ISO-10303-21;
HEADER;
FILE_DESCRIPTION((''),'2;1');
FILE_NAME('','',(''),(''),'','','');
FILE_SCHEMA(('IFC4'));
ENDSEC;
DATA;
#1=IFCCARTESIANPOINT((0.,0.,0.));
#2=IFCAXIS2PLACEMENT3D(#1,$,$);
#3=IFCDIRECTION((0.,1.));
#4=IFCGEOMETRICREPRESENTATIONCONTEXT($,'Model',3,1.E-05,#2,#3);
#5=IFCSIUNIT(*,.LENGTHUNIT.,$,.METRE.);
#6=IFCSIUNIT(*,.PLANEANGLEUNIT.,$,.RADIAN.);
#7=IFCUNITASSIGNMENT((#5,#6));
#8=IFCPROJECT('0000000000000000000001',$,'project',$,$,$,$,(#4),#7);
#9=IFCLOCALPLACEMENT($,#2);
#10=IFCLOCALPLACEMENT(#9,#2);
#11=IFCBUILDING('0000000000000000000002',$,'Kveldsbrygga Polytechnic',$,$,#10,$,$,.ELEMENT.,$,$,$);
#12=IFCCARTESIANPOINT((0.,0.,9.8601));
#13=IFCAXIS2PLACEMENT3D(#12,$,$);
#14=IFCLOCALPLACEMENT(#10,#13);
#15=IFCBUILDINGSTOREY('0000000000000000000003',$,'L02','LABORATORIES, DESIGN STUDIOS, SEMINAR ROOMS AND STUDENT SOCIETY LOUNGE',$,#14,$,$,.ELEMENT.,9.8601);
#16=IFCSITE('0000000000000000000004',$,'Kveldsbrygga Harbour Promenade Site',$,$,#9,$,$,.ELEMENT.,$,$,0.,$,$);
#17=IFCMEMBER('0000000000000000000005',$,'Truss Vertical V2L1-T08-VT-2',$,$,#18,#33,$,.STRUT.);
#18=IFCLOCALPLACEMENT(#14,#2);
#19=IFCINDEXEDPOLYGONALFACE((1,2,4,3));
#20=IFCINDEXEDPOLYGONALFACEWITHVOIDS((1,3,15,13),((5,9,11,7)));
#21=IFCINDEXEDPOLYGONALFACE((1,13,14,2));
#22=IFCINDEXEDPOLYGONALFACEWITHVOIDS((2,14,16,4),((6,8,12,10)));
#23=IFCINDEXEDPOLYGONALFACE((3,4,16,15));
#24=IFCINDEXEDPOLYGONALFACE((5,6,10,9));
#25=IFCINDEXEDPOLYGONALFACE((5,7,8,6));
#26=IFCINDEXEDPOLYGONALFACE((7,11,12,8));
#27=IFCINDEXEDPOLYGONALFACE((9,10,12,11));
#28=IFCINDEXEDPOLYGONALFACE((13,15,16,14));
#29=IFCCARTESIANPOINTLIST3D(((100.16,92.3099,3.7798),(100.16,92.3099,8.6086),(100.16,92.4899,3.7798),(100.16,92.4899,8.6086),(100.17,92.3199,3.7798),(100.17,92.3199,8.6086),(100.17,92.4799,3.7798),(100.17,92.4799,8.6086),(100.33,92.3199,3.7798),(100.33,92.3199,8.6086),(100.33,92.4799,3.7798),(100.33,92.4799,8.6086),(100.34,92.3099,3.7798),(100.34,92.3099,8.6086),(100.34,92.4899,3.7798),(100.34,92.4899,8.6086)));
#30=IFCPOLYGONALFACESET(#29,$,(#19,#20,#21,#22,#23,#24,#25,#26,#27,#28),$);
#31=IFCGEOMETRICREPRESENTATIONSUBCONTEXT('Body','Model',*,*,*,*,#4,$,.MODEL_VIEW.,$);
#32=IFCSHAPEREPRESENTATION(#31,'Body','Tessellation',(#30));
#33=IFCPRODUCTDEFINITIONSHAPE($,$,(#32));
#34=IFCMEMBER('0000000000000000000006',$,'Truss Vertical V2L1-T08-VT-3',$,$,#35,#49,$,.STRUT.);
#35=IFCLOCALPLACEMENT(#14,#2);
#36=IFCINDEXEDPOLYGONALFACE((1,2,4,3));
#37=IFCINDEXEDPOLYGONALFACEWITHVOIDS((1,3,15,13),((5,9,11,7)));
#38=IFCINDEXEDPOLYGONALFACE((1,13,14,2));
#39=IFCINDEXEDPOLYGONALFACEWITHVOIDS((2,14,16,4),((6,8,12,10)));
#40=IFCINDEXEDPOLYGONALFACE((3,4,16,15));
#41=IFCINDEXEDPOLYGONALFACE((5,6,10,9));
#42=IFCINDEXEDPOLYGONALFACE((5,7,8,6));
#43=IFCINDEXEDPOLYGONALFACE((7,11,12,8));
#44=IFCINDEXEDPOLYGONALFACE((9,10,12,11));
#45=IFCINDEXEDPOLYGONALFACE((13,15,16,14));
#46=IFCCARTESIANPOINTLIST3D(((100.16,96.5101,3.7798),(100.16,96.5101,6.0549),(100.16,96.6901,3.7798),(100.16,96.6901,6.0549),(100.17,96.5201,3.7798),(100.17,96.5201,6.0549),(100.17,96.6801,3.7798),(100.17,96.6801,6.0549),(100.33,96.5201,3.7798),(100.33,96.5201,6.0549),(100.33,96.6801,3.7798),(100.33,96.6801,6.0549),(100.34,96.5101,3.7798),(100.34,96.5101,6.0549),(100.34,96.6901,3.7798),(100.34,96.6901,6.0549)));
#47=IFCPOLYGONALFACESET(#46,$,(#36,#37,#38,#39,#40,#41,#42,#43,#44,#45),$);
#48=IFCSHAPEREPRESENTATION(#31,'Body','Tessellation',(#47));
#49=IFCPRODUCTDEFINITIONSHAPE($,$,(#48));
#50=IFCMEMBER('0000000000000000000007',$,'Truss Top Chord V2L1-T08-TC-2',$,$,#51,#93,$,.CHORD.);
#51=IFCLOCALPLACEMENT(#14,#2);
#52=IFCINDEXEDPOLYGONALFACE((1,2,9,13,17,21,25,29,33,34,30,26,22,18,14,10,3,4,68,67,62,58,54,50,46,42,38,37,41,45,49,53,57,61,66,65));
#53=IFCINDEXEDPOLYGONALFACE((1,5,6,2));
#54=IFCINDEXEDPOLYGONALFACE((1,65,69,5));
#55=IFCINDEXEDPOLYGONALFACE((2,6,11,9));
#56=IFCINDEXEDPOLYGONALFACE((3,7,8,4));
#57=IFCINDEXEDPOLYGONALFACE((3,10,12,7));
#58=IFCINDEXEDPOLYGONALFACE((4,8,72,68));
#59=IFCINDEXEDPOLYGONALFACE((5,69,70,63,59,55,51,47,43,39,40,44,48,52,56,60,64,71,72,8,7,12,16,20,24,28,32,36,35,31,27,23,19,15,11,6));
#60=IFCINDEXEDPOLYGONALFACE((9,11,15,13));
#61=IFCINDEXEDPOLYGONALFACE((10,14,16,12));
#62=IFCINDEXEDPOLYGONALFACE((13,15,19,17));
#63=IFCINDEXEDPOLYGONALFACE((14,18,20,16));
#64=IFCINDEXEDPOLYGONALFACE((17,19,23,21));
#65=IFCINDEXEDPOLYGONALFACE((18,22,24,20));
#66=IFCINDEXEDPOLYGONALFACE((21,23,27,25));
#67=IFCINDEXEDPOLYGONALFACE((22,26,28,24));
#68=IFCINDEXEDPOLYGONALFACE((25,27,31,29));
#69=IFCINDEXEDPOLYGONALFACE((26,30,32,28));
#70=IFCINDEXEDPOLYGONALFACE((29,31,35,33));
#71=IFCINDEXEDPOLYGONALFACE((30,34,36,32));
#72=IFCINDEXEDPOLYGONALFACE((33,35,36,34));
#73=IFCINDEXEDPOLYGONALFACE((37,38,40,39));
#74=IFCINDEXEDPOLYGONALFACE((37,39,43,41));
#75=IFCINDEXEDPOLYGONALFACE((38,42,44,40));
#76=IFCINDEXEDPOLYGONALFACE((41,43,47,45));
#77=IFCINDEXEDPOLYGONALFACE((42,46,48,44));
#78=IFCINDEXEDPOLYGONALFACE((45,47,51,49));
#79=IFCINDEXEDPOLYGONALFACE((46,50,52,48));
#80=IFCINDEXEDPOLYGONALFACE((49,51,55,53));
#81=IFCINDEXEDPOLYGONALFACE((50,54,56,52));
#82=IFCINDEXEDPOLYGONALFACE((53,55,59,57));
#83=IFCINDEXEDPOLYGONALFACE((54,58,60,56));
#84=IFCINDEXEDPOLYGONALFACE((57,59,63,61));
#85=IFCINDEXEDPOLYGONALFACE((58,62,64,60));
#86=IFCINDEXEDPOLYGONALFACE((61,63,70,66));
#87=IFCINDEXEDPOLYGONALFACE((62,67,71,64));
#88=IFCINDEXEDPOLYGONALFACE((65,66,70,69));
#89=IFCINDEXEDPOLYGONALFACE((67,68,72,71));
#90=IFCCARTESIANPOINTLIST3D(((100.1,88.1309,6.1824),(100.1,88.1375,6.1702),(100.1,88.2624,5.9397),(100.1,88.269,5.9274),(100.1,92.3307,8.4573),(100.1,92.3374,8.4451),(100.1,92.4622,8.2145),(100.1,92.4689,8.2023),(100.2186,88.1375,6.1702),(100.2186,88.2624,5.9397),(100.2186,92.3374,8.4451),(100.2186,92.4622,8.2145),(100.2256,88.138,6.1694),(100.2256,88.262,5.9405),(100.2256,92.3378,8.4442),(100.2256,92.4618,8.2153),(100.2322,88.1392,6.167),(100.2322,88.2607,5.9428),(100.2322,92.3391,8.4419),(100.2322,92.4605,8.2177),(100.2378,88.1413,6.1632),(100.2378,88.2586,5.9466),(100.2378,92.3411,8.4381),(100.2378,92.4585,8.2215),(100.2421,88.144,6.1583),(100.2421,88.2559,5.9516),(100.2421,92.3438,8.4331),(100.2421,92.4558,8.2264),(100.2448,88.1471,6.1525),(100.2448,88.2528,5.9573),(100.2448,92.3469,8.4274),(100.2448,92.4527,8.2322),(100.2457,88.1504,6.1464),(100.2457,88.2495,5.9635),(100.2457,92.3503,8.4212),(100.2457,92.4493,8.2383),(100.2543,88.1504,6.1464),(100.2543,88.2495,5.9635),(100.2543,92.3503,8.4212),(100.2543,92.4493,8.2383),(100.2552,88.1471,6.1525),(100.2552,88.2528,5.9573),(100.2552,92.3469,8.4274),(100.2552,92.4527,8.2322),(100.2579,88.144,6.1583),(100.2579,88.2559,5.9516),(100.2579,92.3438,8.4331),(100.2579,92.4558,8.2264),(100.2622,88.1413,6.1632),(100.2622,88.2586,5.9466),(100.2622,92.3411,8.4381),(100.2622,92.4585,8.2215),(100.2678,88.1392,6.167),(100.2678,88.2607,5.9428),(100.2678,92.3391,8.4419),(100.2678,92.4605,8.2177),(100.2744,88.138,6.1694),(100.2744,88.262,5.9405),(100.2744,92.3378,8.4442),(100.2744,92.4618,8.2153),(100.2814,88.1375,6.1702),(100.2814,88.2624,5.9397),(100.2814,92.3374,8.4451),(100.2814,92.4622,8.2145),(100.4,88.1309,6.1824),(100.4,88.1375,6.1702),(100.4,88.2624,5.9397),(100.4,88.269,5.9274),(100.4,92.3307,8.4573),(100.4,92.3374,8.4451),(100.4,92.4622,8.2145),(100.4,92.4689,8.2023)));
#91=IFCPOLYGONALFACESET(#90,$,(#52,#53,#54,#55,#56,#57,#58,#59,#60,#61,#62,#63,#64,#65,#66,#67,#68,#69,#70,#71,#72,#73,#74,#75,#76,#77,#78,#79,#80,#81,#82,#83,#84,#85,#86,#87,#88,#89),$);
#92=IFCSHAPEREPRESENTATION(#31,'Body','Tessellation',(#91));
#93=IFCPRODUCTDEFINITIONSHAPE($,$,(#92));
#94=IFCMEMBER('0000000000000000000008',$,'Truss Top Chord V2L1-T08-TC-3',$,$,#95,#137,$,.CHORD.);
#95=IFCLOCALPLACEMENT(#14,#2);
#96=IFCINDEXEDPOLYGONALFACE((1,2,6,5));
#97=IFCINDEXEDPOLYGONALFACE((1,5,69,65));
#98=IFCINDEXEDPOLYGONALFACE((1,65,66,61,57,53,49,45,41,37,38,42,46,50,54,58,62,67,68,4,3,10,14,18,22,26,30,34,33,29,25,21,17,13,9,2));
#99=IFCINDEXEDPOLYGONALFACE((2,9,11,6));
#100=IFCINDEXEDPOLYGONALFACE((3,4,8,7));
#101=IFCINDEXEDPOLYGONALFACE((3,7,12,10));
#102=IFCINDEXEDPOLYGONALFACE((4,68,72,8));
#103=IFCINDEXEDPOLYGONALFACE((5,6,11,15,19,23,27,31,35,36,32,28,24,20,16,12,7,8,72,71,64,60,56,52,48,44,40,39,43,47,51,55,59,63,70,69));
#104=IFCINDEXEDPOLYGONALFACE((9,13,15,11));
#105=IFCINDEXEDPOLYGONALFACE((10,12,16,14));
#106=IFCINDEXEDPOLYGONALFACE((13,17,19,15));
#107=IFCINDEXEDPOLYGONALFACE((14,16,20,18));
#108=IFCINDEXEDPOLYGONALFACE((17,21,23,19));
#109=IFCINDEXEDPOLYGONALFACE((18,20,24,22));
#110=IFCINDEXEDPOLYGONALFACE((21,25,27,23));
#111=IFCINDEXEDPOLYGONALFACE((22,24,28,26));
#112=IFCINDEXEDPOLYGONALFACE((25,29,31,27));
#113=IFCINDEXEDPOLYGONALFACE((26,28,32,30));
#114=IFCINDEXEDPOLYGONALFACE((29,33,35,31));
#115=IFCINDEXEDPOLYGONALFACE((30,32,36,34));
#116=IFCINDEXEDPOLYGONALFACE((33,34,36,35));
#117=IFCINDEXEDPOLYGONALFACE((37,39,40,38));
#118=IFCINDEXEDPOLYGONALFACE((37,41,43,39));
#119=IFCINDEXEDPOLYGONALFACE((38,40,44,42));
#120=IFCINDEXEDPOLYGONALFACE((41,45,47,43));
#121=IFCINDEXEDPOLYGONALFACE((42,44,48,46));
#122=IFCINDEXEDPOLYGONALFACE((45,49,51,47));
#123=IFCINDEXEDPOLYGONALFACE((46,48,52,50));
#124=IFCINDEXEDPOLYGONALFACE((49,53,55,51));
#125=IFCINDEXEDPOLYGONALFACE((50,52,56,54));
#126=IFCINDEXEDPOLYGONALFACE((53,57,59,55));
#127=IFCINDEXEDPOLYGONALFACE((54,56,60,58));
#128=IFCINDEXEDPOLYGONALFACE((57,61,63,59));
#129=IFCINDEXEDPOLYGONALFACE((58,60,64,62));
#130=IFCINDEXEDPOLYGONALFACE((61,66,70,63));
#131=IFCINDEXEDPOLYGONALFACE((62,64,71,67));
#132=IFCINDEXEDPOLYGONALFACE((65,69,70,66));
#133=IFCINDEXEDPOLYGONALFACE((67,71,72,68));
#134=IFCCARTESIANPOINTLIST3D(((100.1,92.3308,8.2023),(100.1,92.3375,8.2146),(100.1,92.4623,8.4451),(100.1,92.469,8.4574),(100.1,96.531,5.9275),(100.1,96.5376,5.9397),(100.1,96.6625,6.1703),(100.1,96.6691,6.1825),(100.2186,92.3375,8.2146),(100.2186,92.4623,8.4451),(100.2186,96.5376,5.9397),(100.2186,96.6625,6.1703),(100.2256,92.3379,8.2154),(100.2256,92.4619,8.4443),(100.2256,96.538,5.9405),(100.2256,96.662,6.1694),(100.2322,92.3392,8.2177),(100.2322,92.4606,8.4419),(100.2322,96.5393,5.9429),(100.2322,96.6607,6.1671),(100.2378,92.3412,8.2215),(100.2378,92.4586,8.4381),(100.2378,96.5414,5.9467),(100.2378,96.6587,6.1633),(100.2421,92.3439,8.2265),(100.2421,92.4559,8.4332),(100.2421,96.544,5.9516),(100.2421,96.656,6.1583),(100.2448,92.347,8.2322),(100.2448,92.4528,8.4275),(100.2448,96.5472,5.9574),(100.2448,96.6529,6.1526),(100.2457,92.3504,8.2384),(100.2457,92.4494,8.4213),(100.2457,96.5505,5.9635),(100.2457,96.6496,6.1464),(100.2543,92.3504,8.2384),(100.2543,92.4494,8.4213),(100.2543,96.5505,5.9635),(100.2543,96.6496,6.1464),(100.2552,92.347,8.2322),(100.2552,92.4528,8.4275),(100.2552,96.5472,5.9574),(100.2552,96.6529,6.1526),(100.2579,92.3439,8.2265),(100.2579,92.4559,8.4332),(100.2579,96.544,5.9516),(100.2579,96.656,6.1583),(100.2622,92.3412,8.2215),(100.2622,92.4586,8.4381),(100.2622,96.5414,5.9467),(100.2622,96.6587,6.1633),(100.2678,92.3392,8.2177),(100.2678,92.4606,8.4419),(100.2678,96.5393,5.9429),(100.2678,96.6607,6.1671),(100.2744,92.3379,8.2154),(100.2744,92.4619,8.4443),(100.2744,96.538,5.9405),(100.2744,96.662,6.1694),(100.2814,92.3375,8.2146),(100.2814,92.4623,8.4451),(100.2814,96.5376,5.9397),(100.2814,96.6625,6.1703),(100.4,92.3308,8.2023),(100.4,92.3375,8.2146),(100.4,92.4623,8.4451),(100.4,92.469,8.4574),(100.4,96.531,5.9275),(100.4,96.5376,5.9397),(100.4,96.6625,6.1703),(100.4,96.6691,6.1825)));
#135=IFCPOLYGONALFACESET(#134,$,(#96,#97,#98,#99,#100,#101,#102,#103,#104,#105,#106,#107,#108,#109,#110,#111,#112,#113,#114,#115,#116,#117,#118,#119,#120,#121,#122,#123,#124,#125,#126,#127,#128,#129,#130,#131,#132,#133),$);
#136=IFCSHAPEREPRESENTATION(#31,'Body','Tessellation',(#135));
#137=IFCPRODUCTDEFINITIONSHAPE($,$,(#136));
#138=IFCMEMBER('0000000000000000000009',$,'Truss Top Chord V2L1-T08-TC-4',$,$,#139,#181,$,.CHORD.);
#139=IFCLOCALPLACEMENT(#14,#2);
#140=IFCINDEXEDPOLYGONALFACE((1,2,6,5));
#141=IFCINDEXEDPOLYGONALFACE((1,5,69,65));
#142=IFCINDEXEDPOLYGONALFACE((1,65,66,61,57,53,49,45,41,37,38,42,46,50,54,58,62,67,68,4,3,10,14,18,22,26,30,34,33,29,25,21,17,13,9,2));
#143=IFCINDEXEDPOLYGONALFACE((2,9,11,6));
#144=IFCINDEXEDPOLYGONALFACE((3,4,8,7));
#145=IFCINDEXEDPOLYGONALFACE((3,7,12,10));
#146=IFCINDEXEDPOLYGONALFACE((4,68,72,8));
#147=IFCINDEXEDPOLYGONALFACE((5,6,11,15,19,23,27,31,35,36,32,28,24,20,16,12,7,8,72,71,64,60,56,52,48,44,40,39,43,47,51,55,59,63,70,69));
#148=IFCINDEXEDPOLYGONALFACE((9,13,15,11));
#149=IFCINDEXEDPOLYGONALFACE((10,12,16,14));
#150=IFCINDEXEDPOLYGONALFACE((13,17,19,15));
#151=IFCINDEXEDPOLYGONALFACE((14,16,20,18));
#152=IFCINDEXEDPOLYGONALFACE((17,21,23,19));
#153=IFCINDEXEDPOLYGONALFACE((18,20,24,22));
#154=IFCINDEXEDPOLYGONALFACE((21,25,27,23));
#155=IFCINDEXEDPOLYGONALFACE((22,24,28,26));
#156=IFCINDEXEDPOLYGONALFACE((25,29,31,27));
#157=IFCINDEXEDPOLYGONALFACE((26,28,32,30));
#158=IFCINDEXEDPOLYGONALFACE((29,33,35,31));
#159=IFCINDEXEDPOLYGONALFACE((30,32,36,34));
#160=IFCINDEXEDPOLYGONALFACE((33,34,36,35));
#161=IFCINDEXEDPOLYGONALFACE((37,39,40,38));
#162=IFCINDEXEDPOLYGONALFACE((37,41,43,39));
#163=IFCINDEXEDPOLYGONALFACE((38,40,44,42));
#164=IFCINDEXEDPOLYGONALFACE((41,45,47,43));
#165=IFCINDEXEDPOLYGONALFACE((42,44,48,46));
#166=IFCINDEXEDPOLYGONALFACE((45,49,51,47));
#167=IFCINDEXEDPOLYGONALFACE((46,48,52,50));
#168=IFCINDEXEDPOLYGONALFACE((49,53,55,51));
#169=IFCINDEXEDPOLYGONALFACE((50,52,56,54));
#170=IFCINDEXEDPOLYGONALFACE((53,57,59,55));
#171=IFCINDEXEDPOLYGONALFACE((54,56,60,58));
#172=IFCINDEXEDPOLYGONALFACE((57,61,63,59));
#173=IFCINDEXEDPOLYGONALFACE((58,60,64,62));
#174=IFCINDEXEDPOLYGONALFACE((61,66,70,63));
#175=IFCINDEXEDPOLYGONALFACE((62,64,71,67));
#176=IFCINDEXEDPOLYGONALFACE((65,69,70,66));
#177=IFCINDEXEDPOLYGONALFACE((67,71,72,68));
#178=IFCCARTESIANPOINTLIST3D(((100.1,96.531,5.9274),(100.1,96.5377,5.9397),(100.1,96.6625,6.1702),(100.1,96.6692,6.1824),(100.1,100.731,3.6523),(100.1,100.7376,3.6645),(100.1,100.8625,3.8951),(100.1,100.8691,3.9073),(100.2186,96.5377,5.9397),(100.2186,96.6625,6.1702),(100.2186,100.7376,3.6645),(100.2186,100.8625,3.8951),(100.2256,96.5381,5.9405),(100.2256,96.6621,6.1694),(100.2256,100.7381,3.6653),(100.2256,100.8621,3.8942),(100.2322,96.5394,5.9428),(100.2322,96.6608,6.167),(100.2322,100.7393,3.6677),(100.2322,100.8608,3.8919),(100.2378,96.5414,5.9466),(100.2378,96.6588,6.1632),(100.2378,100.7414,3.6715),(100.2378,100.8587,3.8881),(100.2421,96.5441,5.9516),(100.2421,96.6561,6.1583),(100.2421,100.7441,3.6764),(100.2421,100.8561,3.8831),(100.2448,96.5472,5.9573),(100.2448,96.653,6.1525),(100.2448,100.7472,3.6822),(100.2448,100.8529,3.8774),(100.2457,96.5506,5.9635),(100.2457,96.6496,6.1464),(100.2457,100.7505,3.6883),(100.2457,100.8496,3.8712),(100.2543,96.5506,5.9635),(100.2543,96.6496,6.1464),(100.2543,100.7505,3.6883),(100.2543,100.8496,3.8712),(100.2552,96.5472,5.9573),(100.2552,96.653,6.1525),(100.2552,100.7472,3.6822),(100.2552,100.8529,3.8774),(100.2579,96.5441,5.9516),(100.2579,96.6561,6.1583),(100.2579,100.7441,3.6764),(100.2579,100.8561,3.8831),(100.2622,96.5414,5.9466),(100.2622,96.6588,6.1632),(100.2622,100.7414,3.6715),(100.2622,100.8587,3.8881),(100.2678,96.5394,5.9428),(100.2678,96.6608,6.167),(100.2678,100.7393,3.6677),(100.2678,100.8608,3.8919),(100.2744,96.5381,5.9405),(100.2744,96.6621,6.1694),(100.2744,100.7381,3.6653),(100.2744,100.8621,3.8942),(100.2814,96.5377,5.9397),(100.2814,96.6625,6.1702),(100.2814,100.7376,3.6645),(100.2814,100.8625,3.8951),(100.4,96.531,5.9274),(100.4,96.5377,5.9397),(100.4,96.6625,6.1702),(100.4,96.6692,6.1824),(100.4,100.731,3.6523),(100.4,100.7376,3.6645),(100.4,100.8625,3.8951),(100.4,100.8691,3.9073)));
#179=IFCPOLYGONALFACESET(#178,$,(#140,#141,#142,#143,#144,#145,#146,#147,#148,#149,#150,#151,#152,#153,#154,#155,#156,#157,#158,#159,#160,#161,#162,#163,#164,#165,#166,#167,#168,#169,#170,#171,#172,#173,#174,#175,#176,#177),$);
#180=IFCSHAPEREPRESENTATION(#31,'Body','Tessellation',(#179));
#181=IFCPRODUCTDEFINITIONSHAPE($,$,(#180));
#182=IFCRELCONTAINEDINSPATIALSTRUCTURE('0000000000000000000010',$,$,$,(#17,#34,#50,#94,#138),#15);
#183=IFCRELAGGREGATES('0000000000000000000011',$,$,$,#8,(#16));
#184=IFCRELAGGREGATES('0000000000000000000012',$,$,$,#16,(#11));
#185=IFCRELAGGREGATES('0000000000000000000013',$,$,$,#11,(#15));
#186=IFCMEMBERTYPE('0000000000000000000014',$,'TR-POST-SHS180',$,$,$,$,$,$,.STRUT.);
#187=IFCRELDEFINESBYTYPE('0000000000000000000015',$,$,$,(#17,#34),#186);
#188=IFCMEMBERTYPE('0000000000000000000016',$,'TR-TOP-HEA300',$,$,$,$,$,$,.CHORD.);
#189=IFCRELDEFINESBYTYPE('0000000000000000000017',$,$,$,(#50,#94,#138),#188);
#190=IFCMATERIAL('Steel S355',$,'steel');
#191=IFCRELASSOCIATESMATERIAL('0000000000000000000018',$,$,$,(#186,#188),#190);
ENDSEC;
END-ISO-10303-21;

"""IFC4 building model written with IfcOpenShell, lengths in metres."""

from ifc_helpers import new_model, si_unit, direction, frame, origin, origin_2d, place, context, subcontext, project, spatial, hollow_rectangle, i_section, extrude, material, material_profile, profile_set, type_object, element, save


model = new_model("IFC4")

# Units and contexts
model_context = context("Model", 3, precision=1e-05, world=origin(), true_north=direction((0.0, 1.0)))
body_context = subcontext(model_context, "Body", "Model", "MODEL_VIEW")
ifc_project = project(units=[si_unit("LENGTHUNIT", "METRE"), si_unit("PLANEANGLEUNIT", "RADIAN")], contexts=[model_context])

# Site, building, storey
site_placement = place(None, origin())
site = spatial("IfcSite", under=ifc_project, at=site_placement, Name="Kveldsbrygga Harbour Promenade Site", CompositionType="ELEMENT", RefElevation=0.0)
building_placement = place(site_placement, origin())
building = spatial("IfcBuilding", under=site, at=building_placement, Name="Kveldsbrygga Polytechnic", CompositionType="ELEMENT")
storey_placement = place(building_placement, frame((0.0, 0.0, 9.8601)))
storey = spatial("IfcBuildingStorey", under=building, at=storey_placement, Name="L02", Description="LABORATORIES, DESIGN STUDIOS, SEMINAR ROOMS AND STUDENT SOCIETY LOUNGE", CompositionType="ELEMENT", Elevation=9.8601)

# Members
ifc_material_1 = material(Name="Steel S355", Category="steel")
ifc_material_profile_1 = material_profile(ifc_material_1, hollow_rectangle(XDim=0.1799, YDim=0.1799, WallThickness=0.01, at=origin_2d()), Name="SHS 180x180x10.0")
ifc_profile_set_1 = profile_set([ifc_material_profile_1], Name="Steel S355")
member_type_1 = type_object("IfcMemberType", Name="TR-POST-SHS180", PredefinedType="STRUT", material=ifc_profile_set_1)
member_1_placement = place(storey_placement, frame((100.25, 92.3999, 3.7798), z_axis=(0.0, 0.0, 1.0), x_axis=(1.0, 0.0, 0.0)))
element("IfcMember", 1, at=member_1_placement, inside=storey, type_object=member_type_1, Name="Truss Vertical V2L1-T08-VT-2", PredefinedType="STRUT", context=body_context, shape_type="SweptSolid", body=[
    extrude(hollow_rectangle(XDim=0.1799, YDim=0.1799, WallThickness=0.01, at=origin_2d()), origin(), (0.0, 0.0, 1.0), 4.8289),
])
member_2_placement = place(storey_placement, frame((100.25, 96.6001, 3.7798), z_axis=(0.0, 0.0, 1.0), x_axis=(1.0, 0.0, 0.0)))
element("IfcMember", 2, at=member_2_placement, inside=storey, type_object=member_type_1, Name="Truss Vertical V2L1-T08-VT-3", PredefinedType="STRUT", context=body_context, shape_type="SweptSolid", body=[
    extrude(hollow_rectangle(XDim=0.1799, YDim=0.1799, WallThickness=0.01, at=origin_2d()), origin(), (0.0, 0.0, 1.0), 2.2751),
])
ifc_material_profile_2 = material_profile(ifc_material_1, i_section(OverallWidth=0.3, OverallDepth=0.29, WebThickness=0.0085, FlangeThickness=0.0139, FilletRadius=0.0271, at=origin_2d()), Name="HEA 300")
ifc_profile_set_2 = profile_set([ifc_material_profile_2], Name="Steel S355")
member_type_2 = type_object("IfcMemberType", Name="TR-TOP-HEA300", PredefinedType="CHORD", material=ifc_profile_set_2)
member_3_placement = place(storey_placement, frame((100.25, 88.2, 6.0549), z_axis=(0.0, 0.879298, 0.476272), x_axis=(-1.0, 0.0, 0.0)))
element("IfcMember", 3, at=member_3_placement, inside=storey, type_object=member_type_2, Name="Truss Top Chord V2L1-T08-TC-2", PredefinedType="CHORD", context=body_context, shape_type="SweptSolid", body=[
    extrude(i_section(OverallWidth=0.3, OverallDepth=0.29, WebThickness=0.0085, FlangeThickness=0.0139, FilletRadius=0.0271, at=origin_2d()), origin(), (0.0, 0.0, 1.0), 4.7764),
])
for number, where, z_axis, x_axis, name in (
    (4, (100.25, 92.3999, 8.3298), (0.0, 0.87931, -0.47625), (-1.0, 0.0, 0.0), "Truss Top Chord V2L1-T08-TC-3"),
    (5, (100.25, 96.6001, 6.0549), (0.0, 0.879277, -0.476311), (-1.0, 0.0, 0.0), "Truss Top Chord V2L1-T08-TC-4"),
):
    element("IfcMember", number, at=place(storey_placement, frame(where, z_axis=z_axis, x_axis=x_axis)), inside=storey, type_object=member_type_2, Name=name, PredefinedType="CHORD", context=body_context, shape_type="SweptSolid", body=[
        extrude(i_section(OverallWidth=0.3, OverallDepth=0.29, WebThickness=0.0085, FlangeThickness=0.0139, FilletRadius=0.0271, at=origin_2d()), origin(), (0.0, 0.0, 1.0), 4.7766),
    ])

save(model, "model.ifc")
